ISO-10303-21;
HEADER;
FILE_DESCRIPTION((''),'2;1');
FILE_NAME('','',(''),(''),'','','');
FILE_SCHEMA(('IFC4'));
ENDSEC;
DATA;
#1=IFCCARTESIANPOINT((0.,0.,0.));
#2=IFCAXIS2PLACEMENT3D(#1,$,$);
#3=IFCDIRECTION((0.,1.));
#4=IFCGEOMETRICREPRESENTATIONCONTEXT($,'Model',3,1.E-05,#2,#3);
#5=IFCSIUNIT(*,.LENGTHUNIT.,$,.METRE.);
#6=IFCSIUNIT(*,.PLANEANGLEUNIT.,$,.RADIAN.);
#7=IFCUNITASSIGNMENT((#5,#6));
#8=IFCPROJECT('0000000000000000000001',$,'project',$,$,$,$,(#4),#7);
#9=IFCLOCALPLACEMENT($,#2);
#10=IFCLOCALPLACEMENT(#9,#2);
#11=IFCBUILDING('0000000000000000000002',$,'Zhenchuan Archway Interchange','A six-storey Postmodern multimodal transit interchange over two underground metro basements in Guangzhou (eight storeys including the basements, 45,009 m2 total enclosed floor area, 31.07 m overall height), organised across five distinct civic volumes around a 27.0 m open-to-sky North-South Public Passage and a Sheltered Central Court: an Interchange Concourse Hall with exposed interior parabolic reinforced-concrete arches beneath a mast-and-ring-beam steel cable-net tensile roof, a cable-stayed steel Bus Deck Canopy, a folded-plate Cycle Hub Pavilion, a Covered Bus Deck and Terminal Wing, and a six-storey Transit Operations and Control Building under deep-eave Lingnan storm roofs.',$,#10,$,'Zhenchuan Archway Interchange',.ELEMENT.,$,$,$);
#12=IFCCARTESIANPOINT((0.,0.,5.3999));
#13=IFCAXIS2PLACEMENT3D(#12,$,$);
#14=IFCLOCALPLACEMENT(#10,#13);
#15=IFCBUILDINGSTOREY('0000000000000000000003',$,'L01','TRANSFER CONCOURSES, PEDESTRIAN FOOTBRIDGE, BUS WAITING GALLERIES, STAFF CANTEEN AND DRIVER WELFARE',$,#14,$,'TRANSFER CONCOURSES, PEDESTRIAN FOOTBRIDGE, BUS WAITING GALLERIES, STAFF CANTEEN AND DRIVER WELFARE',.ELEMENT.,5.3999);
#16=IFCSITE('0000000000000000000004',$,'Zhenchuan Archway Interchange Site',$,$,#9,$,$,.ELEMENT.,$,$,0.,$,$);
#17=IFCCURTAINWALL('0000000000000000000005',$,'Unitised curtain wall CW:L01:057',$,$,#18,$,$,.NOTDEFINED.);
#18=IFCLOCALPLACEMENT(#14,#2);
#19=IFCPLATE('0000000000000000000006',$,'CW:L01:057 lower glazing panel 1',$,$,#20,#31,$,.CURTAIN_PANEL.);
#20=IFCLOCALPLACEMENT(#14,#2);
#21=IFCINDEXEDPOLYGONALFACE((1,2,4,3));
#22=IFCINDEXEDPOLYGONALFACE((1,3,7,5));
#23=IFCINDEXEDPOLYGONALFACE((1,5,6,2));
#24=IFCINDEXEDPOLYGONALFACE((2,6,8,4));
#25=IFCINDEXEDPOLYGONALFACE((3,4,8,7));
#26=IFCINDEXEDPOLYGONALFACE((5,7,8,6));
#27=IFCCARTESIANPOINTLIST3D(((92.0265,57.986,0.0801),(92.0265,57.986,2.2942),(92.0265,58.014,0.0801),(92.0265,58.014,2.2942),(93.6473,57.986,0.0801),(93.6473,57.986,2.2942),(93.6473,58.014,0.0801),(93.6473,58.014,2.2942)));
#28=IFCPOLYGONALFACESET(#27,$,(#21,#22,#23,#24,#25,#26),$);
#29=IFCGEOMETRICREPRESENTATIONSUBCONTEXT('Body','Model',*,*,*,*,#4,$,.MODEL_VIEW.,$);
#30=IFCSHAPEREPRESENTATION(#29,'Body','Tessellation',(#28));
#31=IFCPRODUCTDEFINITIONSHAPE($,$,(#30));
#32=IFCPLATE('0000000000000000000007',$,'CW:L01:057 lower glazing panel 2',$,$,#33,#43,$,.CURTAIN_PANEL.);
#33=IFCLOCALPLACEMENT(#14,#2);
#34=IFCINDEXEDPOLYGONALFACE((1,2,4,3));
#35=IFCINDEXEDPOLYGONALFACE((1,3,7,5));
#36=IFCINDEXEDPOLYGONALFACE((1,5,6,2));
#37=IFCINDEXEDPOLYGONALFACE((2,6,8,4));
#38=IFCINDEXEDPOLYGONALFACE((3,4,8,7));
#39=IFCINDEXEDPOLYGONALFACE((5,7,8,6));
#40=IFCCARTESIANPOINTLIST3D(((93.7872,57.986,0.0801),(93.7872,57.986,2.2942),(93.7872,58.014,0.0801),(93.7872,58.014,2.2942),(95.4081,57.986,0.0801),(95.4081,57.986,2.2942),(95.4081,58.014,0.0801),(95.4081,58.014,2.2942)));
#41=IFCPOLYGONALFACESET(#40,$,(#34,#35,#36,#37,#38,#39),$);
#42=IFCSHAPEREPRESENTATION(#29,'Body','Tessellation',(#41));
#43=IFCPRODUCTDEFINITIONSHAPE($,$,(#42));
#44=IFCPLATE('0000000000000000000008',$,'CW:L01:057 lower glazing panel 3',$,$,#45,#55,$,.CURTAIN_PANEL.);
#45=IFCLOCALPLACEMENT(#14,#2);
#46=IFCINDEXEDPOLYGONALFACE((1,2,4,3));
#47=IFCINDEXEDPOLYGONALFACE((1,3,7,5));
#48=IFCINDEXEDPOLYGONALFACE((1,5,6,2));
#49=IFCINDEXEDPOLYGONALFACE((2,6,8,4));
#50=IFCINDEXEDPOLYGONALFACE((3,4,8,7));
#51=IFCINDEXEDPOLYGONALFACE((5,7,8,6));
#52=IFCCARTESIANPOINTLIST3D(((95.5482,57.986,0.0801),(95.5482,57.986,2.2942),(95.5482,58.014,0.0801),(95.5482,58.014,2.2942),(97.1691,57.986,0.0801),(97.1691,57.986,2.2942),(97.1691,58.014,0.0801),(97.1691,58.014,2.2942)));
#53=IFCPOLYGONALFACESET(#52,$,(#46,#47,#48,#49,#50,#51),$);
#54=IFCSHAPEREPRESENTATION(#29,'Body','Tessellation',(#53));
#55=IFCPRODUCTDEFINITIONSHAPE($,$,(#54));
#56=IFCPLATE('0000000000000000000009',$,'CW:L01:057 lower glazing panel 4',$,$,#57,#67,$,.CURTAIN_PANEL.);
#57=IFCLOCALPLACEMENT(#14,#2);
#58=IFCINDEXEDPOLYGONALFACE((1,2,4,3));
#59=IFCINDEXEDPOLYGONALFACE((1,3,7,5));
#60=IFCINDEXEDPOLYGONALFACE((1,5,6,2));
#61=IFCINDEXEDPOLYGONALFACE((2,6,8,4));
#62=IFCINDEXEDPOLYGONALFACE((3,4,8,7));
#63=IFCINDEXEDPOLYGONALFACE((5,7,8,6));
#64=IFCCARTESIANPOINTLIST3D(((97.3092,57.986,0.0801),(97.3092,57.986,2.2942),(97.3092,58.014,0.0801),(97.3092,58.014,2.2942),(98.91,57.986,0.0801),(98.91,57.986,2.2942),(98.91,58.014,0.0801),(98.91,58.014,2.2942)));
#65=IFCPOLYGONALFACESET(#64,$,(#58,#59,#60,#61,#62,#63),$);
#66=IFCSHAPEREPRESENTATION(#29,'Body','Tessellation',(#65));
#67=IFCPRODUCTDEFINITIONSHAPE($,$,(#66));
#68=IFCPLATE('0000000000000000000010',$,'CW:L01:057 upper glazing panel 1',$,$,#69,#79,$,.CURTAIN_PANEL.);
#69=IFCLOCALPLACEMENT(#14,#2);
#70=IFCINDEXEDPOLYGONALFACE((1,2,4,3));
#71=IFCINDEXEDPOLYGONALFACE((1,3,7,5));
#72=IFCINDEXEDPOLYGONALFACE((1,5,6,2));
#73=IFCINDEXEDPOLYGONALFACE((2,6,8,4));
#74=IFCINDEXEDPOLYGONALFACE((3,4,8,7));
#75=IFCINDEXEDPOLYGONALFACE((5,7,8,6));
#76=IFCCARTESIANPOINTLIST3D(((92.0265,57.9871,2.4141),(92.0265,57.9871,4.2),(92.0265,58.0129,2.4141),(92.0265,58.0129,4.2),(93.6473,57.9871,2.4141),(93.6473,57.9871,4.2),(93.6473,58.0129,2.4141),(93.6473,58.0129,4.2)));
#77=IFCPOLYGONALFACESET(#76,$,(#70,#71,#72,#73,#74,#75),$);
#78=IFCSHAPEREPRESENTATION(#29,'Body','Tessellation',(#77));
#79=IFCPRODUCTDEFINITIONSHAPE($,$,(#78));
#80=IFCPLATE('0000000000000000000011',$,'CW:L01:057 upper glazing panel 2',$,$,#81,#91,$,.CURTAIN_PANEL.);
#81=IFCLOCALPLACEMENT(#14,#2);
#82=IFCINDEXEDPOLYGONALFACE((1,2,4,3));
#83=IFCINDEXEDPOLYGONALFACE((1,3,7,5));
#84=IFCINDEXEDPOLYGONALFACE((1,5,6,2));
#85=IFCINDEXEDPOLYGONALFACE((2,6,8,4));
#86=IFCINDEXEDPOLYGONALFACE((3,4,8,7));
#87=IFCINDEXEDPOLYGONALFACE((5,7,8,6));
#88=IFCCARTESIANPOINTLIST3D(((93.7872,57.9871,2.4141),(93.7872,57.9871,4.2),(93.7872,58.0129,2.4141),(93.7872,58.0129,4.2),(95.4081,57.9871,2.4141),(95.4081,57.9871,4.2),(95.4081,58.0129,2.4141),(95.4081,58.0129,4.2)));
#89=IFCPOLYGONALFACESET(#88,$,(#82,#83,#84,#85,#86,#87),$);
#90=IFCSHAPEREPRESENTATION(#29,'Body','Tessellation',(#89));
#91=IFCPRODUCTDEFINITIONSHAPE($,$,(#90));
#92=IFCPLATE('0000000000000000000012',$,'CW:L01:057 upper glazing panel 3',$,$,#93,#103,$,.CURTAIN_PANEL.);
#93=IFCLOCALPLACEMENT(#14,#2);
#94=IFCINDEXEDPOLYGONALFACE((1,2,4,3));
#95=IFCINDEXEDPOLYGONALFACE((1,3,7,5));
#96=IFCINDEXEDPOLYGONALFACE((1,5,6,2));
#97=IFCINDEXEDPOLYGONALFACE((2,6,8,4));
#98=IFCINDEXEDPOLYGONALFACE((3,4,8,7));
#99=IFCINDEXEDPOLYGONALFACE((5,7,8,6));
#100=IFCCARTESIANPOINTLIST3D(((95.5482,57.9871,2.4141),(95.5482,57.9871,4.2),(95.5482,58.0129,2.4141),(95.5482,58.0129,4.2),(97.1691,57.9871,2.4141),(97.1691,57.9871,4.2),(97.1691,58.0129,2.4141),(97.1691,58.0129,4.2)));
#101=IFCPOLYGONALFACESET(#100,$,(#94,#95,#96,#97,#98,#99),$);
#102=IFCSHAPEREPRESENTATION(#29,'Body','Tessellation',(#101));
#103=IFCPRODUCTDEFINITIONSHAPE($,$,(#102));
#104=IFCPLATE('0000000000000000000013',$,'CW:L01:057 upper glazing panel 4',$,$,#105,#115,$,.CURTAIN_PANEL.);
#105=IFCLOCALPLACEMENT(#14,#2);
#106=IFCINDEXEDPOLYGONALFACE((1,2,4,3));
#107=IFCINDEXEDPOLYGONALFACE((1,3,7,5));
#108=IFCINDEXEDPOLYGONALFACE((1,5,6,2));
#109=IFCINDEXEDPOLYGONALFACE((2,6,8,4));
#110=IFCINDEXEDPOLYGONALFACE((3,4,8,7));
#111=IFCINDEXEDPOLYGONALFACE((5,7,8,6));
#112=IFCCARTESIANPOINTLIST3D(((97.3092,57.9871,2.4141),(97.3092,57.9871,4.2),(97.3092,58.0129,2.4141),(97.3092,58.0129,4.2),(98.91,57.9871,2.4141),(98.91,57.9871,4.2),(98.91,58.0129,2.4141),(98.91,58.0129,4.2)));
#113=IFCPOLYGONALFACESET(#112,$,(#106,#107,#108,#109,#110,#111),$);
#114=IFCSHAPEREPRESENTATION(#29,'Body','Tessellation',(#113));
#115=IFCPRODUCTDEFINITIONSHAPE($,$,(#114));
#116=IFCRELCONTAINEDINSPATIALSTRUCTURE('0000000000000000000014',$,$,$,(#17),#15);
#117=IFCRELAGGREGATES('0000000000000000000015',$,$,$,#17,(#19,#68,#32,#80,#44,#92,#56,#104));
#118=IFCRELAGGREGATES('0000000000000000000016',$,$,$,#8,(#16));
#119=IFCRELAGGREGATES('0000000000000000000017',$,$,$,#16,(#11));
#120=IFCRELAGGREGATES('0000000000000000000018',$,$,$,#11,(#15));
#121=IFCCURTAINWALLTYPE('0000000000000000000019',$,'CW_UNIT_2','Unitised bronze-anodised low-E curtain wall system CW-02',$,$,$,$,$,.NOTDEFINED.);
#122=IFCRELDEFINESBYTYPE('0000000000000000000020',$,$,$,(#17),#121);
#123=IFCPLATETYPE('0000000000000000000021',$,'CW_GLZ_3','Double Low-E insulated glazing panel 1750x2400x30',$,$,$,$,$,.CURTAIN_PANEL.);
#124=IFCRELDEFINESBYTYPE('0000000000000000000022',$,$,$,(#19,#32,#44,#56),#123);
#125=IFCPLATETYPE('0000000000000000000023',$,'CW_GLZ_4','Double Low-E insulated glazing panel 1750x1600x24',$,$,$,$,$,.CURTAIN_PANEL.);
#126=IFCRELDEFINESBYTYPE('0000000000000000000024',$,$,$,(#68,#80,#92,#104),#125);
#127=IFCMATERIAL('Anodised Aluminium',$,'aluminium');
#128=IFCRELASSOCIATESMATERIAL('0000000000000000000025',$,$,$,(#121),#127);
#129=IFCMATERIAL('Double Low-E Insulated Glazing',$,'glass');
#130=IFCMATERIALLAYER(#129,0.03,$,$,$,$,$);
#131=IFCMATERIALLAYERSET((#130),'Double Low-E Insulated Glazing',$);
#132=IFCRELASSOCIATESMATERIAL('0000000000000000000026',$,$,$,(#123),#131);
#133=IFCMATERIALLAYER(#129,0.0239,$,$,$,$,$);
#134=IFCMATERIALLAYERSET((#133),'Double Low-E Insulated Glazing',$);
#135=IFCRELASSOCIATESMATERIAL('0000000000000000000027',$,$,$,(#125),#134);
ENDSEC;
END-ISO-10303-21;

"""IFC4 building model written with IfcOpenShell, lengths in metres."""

from ifc_helpers import new_model, si_unit, direction, frame, origin, origin_2d, place, context, subcontext, project, spatial, rectangle, extrude, material, layer, layer_set, type_object, element, aggregate, save


model = new_model("IFC4")

# Units and contexts
model_context = context("Model", 3, precision=1e-05, world=origin(), true_north=direction((0.0, 1.0)))
body_context = subcontext(model_context, "Body", "Model", "MODEL_VIEW")
ifc_project = project(units=[si_unit("LENGTHUNIT", "METRE"), si_unit("PLANEANGLEUNIT", "RADIAN")], contexts=[model_context])

# Site, building, storey
site_placement = place(None, origin())
site = spatial("IfcSite", under=ifc_project, at=site_placement, Name="Zhenchuan Archway Interchange Site", CompositionType="ELEMENT", RefElevation=0.0)
building_placement = place(site_placement, origin())
building = spatial("IfcBuilding", under=site, at=building_placement, Name="Zhenchuan Archway Interchange", Description="A six-storey Postmodern multimodal transit interchange over two underground metro basements in Guangzhou (eight storeys including the basements, 45,009 m2 total enclosed floor area, 31.07 m overall height), organised across five distinct civic volumes around a 27.0 m open-to-sky North-South Public Passage and a Sheltered Central Court: an Interchange Concourse Hall with exposed interior parabolic reinforced-concrete arches beneath a mast-and-ring-beam steel cable-net tensile roof, a cable-stayed steel Bus Deck Canopy, a folded-plate Cycle Hub Pavilion, a Covered Bus Deck and Terminal Wing, and a six-storey Transit Operations and Control Building under deep-eave Lingnan storm roofs.", LongName="Zhenchuan Archway Interchange", CompositionType="ELEMENT")
storey_placement = place(building_placement, frame((0.0, 0.0, 5.3999)))
storey = spatial("IfcBuildingStorey", under=building, at=storey_placement, Name="L01", Description="TRANSFER CONCOURSES, PEDESTRIAN FOOTBRIDGE, BUS WAITING GALLERIES, STAFF CANTEEN AND DRIVER WELFARE", LongName="TRANSFER CONCOURSES, PEDESTRIAN FOOTBRIDGE, BUS WAITING GALLERIES, STAFF CANTEEN AND DRIVER WELFARE", CompositionType="ELEMENT", Elevation=5.3999)

# Shared definitions
ifc_material_1 = material(Name="Anodised Aluminium", Category="aluminium")

# Curtain wall
curtain_wall_type_1 = type_object("IfcCurtainWallType", Name="CW_UNIT_2", Description="Unitised bronze-anodised low-E curtain wall system CW-02", PredefinedType="NOTDEFINED", material=ifc_material_1)
curtain_wall_1_placement = place(storey_placement, origin())
curtain_wall_1 = element("IfcCurtainWall", 1, at=curtain_wall_1_placement, inside=storey, type_object=curtain_wall_type_1, Name="Unitised curtain wall CW:L01:057", PredefinedType="NOTDEFINED")

# Plates
ifc_material_2 = material(Name="Double Low-E Insulated Glazing", Category="glass")
ifc_layer_1 = layer(ifc_material_2, 0.03)
ifc_layer_set_1 = layer_set([ifc_layer_1], Name="Double Low-E Insulated Glazing")
plate_type_1 = type_object("IfcPlateType", Name="CW_GLZ_3", Description="Double Low-E insulated glazing panel 1750x2400x30", PredefinedType="CURTAIN_PANEL", material=ifc_layer_set_1)
plate_1_placement = place(storey_placement, frame((92.8369, 58.0, 0.0801), z_axis=(0.0, 0.0, 1.0), x_axis=(1.0, 0.0, 0.0)))
plate_1 = element("IfcPlate", 2, at=plate_1_placement, type_object=plate_type_1, Name="CW:L01:057 lower glazing panel 1", PredefinedType="CURTAIN_PANEL", context=body_context, shape_type="SweptSolid", body=[
    extrude(rectangle(XDim=1.6208, YDim=0.0281, at=origin_2d()), origin(), (0.0, 0.0, 1.0), 2.2141),
])
plate_2_placement = place(storey_placement, frame((94.5977, 58.0, 0.0801), z_axis=(0.0, 0.0, 1.0), x_axis=(1.0, 0.0, 0.0)))
plate_2 = element("IfcPlate", 3, at=plate_2_placement, type_object=plate_type_1, Name="CW:L01:057 lower glazing panel 2", PredefinedType="CURTAIN_PANEL", context=body_context, shape_type="SweptSolid", body=[
    extrude(rectangle(XDim=1.6208, YDim=0.0281, at=origin_2d()), origin(), (0.0, 0.0, 1.0), 2.2141),
])
plate_3_placement = place(storey_placement, frame((96.3586, 58.0, 0.0801), z_axis=(0.0, 0.0, 1.0), x_axis=(1.0, 0.0, 0.0)))
plate_3 = element("IfcPlate", 4, at=plate_3_placement, type_object=plate_type_1, Name="CW:L01:057 lower glazing panel 3", PredefinedType="CURTAIN_PANEL", context=body_context, shape_type="SweptSolid", body=[
    extrude(rectangle(XDim=1.6208, YDim=0.0281, at=origin_2d()), origin(), (0.0, 0.0, 1.0), 2.2141),
])
plate_4_placement = place(storey_placement, frame((98.1096, 58.0, 0.0801), z_axis=(0.0, 0.0, 1.0), x_axis=(1.0, 0.0, 0.0)))
plate_4 = element("IfcPlate", 5, at=plate_4_placement, type_object=plate_type_1, Name="CW:L01:057 lower glazing panel 4", PredefinedType="CURTAIN_PANEL", context=body_context, shape_type="SweptSolid", body=[
    extrude(rectangle(XDim=1.6008, YDim=0.0281, at=origin_2d()), origin(), (0.0, 0.0, 1.0), 2.2141),
])
ifc_layer_2 = layer(ifc_material_2, 0.0239)
ifc_layer_set_2 = layer_set([ifc_layer_2], Name="Double Low-E Insulated Glazing")
plate_type_2 = type_object("IfcPlateType", Name="CW_GLZ_4", Description="Double Low-E insulated glazing panel 1750x1600x24", PredefinedType="CURTAIN_PANEL", material=ifc_layer_set_2)
plate_5_placement = place(storey_placement, frame((92.8369, 58.0, 2.4141), z_axis=(0.0, 0.0, 1.0), x_axis=(1.0, 0.0, 0.0)))
plate_5 = element("IfcPlate", 6, at=plate_5_placement, type_object=plate_type_2, Name="CW:L01:057 upper glazing panel 1", PredefinedType="CURTAIN_PANEL", context=body_context, shape_type="SweptSolid", body=[
    extrude(rectangle(XDim=1.6208, YDim=0.0259, at=origin_2d()), origin(), (0.0, 0.0, 1.0), 1.7859),
])
plate_6_placement = place(storey_placement, frame((94.5977, 58.0, 2.4141), z_axis=(0.0, 0.0, 1.0), x_axis=(1.0, 0.0, 0.0)))
plate_6 = element("IfcPlate", 7, at=plate_6_placement, type_object=plate_type_2, Name="CW:L01:057 upper glazing panel 2", PredefinedType="CURTAIN_PANEL", context=body_context, shape_type="SweptSolid", body=[
    extrude(rectangle(XDim=1.6208, YDim=0.0259, at=origin_2d()), origin(), (0.0, 0.0, 1.0), 1.7859),
])
plate_7_placement = place(storey_placement, frame((96.3586, 58.0, 2.4141), z_axis=(0.0, 0.0, 1.0), x_axis=(1.0, 0.0, 0.0)))
plate_7 = element("IfcPlate", 8, at=plate_7_placement, type_object=plate_type_2, Name="CW:L01:057 upper glazing panel 3", PredefinedType="CURTAIN_PANEL", context=body_context, shape_type="SweptSolid", body=[
    extrude(rectangle(XDim=1.6208, YDim=0.0259, at=origin_2d()), origin(), (0.0, 0.0, 1.0), 1.7859),
])
plate_8_placement = place(storey_placement, frame((98.1096, 58.0, 2.4141), z_axis=(0.0, 0.0, 1.0), x_axis=(1.0, 0.0, 0.0)))
plate_8 = element("IfcPlate", 9, at=plate_8_placement, type_object=plate_type_2, Name="CW:L01:057 upper glazing panel 4", PredefinedType="CURTAIN_PANEL", context=body_context, shape_type="SweptSolid", body=[
    extrude(rectangle(XDim=1.6008, YDim=0.0259, at=origin_2d()), origin(), (0.0, 0.0, 1.0), 1.7859),
])
aggregate(curtain_wall_1, [plate_1, plate_5, plate_2, plate_6, plate_3, plate_7, plate_4, plate_8])

save(model, "model.ifc")
